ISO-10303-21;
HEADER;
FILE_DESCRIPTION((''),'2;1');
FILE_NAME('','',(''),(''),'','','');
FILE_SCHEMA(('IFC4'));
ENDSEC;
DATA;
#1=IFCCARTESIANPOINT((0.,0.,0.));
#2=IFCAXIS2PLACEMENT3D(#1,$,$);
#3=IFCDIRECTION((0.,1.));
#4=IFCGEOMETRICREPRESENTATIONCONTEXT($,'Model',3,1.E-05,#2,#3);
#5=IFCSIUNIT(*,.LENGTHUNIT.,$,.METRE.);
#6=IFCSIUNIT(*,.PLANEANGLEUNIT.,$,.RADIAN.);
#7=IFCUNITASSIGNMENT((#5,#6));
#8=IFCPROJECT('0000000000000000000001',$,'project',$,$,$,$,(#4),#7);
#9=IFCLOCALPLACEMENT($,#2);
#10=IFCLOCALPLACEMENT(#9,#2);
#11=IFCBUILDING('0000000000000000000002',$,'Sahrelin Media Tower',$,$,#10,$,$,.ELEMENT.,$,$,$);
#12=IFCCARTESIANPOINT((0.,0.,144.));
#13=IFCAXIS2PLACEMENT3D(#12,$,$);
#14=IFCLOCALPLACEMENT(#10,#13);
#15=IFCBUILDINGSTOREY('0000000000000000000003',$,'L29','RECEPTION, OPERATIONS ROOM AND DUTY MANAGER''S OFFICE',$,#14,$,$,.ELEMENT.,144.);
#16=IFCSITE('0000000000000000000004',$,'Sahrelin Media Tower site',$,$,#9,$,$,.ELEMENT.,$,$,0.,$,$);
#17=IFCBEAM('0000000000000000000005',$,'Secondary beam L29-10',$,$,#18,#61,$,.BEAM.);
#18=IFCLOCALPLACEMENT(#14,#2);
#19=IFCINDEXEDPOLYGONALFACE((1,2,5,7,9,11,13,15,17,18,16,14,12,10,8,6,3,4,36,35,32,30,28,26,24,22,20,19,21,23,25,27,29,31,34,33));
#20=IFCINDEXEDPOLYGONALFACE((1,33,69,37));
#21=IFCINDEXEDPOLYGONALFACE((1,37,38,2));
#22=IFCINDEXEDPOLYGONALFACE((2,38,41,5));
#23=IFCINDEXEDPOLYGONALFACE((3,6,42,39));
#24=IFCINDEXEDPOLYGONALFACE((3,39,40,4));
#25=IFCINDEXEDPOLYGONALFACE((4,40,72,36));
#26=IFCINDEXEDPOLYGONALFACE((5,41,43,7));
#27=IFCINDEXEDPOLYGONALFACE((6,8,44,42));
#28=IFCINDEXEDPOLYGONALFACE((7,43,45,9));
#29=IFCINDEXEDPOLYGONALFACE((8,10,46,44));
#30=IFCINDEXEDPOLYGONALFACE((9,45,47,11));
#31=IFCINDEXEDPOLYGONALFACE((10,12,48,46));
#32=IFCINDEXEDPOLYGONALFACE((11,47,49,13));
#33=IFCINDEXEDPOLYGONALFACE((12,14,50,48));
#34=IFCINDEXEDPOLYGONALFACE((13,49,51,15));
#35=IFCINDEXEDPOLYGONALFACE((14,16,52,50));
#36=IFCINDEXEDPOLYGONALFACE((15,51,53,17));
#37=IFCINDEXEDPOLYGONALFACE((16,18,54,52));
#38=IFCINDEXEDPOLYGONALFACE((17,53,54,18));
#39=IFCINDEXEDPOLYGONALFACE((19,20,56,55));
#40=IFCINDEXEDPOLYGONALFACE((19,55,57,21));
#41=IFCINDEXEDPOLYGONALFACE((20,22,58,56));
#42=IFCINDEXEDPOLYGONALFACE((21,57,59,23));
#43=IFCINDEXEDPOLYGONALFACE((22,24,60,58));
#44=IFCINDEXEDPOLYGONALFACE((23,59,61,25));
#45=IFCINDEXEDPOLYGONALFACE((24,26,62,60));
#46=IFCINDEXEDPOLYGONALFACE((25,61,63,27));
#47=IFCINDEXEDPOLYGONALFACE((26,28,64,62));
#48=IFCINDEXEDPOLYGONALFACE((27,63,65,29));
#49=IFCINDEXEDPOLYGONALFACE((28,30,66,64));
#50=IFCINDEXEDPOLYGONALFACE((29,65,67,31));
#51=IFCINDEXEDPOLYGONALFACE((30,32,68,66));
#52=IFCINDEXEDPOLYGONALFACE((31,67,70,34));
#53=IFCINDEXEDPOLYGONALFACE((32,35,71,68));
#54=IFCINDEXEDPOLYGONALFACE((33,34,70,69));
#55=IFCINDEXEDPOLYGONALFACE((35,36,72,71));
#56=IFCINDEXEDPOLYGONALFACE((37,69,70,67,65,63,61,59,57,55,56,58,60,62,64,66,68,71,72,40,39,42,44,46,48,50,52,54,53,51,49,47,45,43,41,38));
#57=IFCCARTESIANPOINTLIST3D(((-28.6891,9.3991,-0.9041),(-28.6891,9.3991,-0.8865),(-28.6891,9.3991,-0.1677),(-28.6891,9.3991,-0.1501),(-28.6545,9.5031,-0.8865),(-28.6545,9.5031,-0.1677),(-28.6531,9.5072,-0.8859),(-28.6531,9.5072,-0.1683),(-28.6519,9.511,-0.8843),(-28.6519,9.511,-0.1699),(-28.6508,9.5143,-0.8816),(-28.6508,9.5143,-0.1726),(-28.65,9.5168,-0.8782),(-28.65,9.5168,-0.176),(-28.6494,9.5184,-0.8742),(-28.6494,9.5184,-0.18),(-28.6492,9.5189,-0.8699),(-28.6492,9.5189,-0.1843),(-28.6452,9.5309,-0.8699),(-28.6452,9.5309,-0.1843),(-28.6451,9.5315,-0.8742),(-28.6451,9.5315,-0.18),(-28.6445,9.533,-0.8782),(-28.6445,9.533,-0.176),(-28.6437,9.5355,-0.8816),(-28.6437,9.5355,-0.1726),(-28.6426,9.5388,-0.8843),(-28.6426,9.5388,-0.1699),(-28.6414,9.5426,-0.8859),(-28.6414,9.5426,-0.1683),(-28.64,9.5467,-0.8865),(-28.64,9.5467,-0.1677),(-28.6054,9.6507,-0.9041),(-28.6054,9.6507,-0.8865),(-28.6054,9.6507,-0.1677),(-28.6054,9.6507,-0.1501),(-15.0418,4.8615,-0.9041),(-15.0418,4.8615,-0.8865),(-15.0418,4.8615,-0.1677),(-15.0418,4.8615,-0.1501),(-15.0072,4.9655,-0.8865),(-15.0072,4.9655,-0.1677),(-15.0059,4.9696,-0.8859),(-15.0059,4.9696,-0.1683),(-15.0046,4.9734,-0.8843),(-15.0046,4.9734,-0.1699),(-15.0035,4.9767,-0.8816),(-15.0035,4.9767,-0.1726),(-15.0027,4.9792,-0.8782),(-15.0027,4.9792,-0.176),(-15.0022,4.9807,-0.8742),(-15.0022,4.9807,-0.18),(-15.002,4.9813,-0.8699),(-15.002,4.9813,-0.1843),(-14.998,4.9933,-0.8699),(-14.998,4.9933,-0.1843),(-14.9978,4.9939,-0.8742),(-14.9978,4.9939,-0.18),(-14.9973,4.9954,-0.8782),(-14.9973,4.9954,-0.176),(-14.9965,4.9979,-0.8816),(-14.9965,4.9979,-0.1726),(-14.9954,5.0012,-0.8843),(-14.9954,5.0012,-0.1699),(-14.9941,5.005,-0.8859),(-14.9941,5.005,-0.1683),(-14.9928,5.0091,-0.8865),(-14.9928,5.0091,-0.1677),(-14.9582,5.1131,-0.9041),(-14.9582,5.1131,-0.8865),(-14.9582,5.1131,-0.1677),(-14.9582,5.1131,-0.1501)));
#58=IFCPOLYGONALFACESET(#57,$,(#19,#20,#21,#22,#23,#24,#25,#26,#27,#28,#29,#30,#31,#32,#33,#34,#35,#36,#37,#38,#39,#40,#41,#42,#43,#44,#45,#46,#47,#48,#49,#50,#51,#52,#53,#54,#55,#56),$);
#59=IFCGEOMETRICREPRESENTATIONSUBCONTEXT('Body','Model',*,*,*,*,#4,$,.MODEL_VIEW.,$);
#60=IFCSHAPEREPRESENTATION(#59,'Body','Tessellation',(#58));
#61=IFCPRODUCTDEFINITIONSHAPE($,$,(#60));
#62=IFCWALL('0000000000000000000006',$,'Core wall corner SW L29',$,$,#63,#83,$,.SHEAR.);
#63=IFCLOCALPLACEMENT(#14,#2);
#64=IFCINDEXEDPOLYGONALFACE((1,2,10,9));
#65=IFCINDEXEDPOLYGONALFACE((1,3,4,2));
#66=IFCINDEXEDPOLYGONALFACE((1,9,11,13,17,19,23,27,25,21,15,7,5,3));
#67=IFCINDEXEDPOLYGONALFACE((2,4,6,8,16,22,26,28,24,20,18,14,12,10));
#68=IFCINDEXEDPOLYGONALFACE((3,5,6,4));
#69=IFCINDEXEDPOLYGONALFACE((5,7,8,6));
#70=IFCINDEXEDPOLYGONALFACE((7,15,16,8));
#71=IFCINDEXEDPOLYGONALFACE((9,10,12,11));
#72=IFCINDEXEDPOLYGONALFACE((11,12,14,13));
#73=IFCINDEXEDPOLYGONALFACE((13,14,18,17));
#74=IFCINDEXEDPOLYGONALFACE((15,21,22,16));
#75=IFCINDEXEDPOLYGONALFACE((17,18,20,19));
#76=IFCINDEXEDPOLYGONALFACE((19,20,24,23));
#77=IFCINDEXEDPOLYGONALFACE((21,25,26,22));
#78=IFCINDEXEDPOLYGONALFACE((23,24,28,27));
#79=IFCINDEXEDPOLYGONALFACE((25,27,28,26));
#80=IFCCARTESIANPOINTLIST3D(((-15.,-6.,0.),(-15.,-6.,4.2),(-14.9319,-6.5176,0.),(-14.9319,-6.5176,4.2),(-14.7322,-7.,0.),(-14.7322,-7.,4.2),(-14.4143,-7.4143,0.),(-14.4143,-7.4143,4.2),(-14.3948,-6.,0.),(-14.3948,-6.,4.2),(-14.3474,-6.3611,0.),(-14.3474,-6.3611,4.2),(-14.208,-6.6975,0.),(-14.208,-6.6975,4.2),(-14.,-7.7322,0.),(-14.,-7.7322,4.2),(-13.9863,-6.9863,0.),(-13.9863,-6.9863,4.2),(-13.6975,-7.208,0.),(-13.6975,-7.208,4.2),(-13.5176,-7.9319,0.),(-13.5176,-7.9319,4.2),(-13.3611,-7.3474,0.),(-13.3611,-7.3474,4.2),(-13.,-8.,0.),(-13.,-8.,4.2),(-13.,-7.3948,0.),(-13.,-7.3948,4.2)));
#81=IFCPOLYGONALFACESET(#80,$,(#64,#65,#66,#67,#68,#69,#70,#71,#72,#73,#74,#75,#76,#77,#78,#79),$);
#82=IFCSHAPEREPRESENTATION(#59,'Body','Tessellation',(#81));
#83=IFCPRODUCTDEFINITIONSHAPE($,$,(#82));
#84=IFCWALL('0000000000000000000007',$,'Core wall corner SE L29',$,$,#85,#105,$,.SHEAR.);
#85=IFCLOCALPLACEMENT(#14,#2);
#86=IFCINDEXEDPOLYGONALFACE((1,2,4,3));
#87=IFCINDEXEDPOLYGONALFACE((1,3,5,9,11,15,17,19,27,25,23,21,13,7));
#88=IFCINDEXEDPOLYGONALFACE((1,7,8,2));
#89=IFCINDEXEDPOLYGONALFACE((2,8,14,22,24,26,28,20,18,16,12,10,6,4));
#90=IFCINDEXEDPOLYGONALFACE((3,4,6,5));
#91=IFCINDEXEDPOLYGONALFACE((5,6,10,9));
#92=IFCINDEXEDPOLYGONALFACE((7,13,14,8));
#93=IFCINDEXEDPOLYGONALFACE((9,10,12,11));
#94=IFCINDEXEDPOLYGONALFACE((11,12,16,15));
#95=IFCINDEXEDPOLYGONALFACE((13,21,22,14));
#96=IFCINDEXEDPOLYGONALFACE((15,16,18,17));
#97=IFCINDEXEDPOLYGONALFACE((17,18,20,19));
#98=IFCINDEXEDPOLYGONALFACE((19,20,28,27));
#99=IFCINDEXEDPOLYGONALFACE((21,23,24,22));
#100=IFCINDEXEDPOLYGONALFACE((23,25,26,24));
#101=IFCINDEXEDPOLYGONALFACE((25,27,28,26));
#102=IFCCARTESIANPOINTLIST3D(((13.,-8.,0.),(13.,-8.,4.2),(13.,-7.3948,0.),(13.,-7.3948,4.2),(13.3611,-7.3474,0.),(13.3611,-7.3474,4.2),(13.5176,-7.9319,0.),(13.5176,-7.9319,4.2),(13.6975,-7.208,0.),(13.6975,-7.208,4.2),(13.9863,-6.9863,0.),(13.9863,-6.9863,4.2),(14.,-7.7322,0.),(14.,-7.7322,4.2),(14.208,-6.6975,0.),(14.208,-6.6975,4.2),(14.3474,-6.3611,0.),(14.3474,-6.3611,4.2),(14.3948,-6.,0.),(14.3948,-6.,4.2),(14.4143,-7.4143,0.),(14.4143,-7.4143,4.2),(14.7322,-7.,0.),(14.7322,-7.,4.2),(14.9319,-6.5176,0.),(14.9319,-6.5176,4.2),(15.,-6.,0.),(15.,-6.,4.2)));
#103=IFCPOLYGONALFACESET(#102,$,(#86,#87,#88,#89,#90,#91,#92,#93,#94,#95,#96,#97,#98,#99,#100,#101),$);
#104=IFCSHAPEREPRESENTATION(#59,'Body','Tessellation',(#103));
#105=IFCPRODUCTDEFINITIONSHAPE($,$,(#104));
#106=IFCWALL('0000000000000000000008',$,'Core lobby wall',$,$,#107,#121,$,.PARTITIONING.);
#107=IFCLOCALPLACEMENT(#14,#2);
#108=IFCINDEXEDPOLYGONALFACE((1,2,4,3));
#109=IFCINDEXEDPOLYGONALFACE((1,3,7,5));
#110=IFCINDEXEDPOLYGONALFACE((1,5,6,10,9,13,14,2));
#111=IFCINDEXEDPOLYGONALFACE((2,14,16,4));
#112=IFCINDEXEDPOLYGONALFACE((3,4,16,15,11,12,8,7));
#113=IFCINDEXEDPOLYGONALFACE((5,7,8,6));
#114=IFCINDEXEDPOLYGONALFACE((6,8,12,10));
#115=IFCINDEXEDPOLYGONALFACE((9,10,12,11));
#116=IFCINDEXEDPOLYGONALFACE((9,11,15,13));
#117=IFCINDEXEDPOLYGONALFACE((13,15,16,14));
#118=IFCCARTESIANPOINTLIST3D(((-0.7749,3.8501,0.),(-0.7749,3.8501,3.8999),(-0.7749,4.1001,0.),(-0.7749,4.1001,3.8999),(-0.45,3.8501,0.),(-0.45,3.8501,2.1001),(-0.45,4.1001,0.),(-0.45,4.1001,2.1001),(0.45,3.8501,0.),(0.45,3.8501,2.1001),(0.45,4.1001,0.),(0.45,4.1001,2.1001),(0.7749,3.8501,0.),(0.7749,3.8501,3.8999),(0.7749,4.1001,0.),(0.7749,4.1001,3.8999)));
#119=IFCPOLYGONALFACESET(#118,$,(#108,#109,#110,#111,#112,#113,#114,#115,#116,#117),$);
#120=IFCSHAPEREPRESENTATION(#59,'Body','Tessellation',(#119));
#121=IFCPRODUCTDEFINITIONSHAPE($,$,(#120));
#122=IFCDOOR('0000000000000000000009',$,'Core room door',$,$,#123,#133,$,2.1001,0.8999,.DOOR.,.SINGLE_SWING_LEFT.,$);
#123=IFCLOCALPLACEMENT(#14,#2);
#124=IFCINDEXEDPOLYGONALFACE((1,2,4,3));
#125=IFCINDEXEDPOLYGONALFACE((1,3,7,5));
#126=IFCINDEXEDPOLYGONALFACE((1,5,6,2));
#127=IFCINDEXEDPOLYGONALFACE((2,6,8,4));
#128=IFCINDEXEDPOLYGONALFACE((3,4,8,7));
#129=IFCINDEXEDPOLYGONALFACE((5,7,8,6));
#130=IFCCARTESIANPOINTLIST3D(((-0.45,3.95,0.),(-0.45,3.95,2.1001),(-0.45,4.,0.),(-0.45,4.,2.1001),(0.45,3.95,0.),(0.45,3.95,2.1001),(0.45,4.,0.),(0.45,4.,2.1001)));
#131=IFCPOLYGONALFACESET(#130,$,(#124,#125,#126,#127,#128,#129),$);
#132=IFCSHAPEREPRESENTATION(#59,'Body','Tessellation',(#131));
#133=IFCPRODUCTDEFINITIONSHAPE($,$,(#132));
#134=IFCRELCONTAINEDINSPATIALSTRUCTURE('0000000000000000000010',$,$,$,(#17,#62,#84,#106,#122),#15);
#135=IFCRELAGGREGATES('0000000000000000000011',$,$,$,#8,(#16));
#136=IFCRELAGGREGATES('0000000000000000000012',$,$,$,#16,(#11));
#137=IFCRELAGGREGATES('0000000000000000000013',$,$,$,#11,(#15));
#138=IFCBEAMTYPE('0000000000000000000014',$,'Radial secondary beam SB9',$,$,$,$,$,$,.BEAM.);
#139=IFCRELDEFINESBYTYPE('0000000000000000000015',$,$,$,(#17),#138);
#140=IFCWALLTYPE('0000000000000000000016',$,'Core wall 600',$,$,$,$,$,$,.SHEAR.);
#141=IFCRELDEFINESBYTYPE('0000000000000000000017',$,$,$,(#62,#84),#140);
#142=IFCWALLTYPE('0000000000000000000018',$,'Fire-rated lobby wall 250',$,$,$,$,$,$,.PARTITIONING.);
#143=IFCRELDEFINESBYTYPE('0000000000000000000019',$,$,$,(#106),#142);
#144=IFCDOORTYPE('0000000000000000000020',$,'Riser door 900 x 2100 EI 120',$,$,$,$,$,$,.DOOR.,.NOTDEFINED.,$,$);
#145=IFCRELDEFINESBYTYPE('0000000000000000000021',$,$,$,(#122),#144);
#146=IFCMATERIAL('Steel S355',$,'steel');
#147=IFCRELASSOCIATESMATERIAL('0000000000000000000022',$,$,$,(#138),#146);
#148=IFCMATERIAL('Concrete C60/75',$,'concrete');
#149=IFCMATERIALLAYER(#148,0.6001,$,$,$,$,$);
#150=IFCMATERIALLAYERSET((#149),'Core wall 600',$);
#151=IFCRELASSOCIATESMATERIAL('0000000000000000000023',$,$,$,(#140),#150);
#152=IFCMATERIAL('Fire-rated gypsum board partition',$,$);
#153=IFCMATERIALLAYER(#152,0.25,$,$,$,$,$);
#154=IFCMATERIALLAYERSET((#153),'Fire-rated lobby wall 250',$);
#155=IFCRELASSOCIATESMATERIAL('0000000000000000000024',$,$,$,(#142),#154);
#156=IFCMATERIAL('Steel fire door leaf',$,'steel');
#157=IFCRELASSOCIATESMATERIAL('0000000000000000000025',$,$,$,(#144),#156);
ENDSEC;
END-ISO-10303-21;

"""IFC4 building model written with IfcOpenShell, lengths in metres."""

from ifc_helpers import new_model, si_unit, direction, frame, frame_2d, origin, origin_2d, place, context, subcontext, project, spatial, polyline, rectangle, i_section, outline, extrude, material, layer, layer_set, material_profile, profile_set, type_object, element, fill, save


model = new_model("IFC4")

# Units and contexts
model_context = context("Model", 3, precision=1e-05, world=origin(), true_north=direction((0.0, 1.0)))
body_context = subcontext(model_context, "Body", "Model", "MODEL_VIEW")
ifc_project = project(units=[si_unit("LENGTHUNIT", "METRE"), si_unit("PLANEANGLEUNIT", "RADIAN")], contexts=[model_context])

# Site, building, storey
site_placement = place(None, origin())
site = spatial("IfcSite", under=ifc_project, at=site_placement, Name="Sahrelin Media Tower site", CompositionType="ELEMENT", RefElevation=0.0)
building_placement = place(site_placement, origin())
building = spatial("IfcBuilding", under=site, at=building_placement, Name="Sahrelin Media Tower", CompositionType="ELEMENT")
storey_placement = place(building_placement, frame((0.0, 0.0, 144.0)))
storey = spatial("IfcBuildingStorey", under=building, at=storey_placement, Name="L29", Description="RECEPTION, OPERATIONS ROOM AND DUTY MANAGER'S OFFICE", CompositionType="ELEMENT", Elevation=144.0)

# Beam
ifc_material_1 = material(Name="Steel S355", Category="steel")
ifc_material_profile_1 = material_profile(ifc_material_1, i_section(OverallWidth=0.2651, OverallDepth=0.7539, WebThickness=0.0127, FlangeThickness=0.0176, FilletRadius=0.0166, at=origin_2d()), Name="UB 762x267x147")
ifc_profile_set_1 = profile_set([ifc_material_profile_1], Name="Steel S355")
beam_type_1 = type_object("IfcBeamType", Name="Radial secondary beam SB9", PredefinedType="BEAM", material=ifc_profile_set_1)
beam_1_placement = place(storey_placement, frame((-15.0, 4.9873, -0.5271), z_axis=(-0.948922, 0.31551, 0.0), x_axis=(-0.31551, -0.948922, 0.0)))
element("IfcBeam", 1, at=beam_1_placement, inside=storey, type_object=beam_type_1, Name="Secondary beam L29-10", PredefinedType="BEAM", context=body_context, shape_type="SweptSolid", body=[
    extrude(i_section(OverallWidth=0.2651, OverallDepth=0.7539, WebThickness=0.0127, FlangeThickness=0.0176, FilletRadius=0.0166, at=origin_2d()), origin(), (0.0, 0.0, 1.0), 14.3818),
])

# Walls
ifc_material_2 = material(Name="Concrete C60/75", Category="concrete")
ifc_layer_1 = layer(ifc_material_2, 0.6001)
ifc_layer_set_1 = layer_set([ifc_layer_1], Name="Core wall 600")
wall_type_1 = type_object("IfcWallType", Name="Core wall 600", PredefinedType="SHEAR", material=ifc_layer_set_1)
placement = place(storey_placement, origin())
element("IfcWall", 2, at=placement, inside=storey, type_object=wall_type_1, Name="Core wall corner SW L29", PredefinedType="SHEAR", context=body_context, shape_type="SweptSolid", body=[
    extrude(outline(polyline([(-13.0, -8.0), (-13.0, -7.3948), (-13.3611, -7.3474), (-13.6975, -7.208), (-13.9863, -6.9863), (-14.208, -6.6975), (-14.3474, -6.3611), (-14.3948, -6.0), (-15.0, -6.0), (-14.9319, -6.5176), (-14.7322, -7.0), (-14.4143, -7.4143), (-14.0, -7.7322), (-13.5176, -7.9319), (-13.0, -8.0)])), origin(), (0.0, 0.0, 1.0), 4.2),
])
element("IfcWall", 3, at=placement, inside=storey, type_object=wall_type_1, Name="Core wall corner SE L29", PredefinedType="SHEAR", context=body_context, shape_type="SweptSolid", body=[
    extrude(outline(polyline([(15.0, -6.0), (14.3948, -6.0), (14.3474, -6.3611), (14.208, -6.6975), (13.9863, -6.9863), (13.6975, -7.208), (13.3611, -7.3474), (13.0, -7.3948), (13.0, -8.0), (13.5176, -7.9319), (14.0, -7.7322), (14.4143, -7.4143), (14.7322, -7.0), (14.9319, -6.5176), (15.0, -6.0)])), origin(), (0.0, 0.0, 1.0), 4.2),
])

# Wall, opening, door
ifc_material_3 = material(Name="Fire-rated gypsum board partition")
ifc_layer_2 = layer(ifc_material_3, 0.25)
ifc_layer_set_2 = layer_set([ifc_layer_2], Name="Fire-rated lobby wall 250")
wall_type_2 = type_object("IfcWallType", Name="Fire-rated lobby wall 250", PredefinedType="PARTITIONING", material=ifc_layer_set_2)
wall_1_placement = place(storey_placement, frame((-0.7749, 3.9751, 0.0), z_axis=(0.0, 0.0, 1.0), x_axis=(1.0, 0.0, 0.0)))
wall_1 = element("IfcWall", 4, at=wall_1_placement, inside=storey, type_object=wall_type_2, Name="Core lobby wall", PredefinedType="PARTITIONING", context=body_context, shape_type="SweptSolid", body=[
    extrude(rectangle(XDim=1.5498, YDim=0.25, at=frame_2d((0.7749, 0.0))), origin(), (0.0, 0.0, 1.0), 3.8999),
])
opening_1_placement = place(wall_1_placement, frame((0.325, 0.0, 0.0)))
opening_1 = element("IfcOpeningElement", 5, at=opening_1_placement, cuts=wall_1, PredefinedType="OPENING", context=body_context, shape_type="SweptSolid", body=[
    extrude(rectangle(XDim=0.8999, YDim=2.1001, at=frame_2d((0.45, 1.05))), frame((0.0, 0.125, 0.0), z_axis=(0.0, -1.0, 0.0), x_axis=(1.0, 0.0, 0.0)), (0.0, 0.0, 1.0), 0.25),
])
ifc_material_4 = material(Name="Steel fire door leaf", Category="steel")
door_type_1 = type_object("IfcDoorType", Name="Riser door 900 x 2100 EI 120", OperationType="NOTDEFINED", PredefinedType="DOOR", material=ifc_material_4)
door_1_placement = place(opening_1_placement, origin())
door_1 = element("IfcDoor", 6, at=door_1_placement, inside=storey, type_object=door_type_1, Name="Core room door", OperationType="SINGLE_SWING_LEFT", OverallHeight=2.1001, OverallWidth=0.8999, PredefinedType="DOOR", context=body_context, shape_type="SweptSolid", body=[
    extrude(rectangle(XDim=0.8999, YDim=2.1001, at=frame_2d((0.45, 1.05))), frame((0.0, 0.0249, 0.0), z_axis=(0.0, -1.0, 0.0), x_axis=(1.0, 0.0, 0.0)), (0.0, 0.0, 1.0), 0.05),
])
fill(opening_1, door_1)

save(model, "model.ifc")
